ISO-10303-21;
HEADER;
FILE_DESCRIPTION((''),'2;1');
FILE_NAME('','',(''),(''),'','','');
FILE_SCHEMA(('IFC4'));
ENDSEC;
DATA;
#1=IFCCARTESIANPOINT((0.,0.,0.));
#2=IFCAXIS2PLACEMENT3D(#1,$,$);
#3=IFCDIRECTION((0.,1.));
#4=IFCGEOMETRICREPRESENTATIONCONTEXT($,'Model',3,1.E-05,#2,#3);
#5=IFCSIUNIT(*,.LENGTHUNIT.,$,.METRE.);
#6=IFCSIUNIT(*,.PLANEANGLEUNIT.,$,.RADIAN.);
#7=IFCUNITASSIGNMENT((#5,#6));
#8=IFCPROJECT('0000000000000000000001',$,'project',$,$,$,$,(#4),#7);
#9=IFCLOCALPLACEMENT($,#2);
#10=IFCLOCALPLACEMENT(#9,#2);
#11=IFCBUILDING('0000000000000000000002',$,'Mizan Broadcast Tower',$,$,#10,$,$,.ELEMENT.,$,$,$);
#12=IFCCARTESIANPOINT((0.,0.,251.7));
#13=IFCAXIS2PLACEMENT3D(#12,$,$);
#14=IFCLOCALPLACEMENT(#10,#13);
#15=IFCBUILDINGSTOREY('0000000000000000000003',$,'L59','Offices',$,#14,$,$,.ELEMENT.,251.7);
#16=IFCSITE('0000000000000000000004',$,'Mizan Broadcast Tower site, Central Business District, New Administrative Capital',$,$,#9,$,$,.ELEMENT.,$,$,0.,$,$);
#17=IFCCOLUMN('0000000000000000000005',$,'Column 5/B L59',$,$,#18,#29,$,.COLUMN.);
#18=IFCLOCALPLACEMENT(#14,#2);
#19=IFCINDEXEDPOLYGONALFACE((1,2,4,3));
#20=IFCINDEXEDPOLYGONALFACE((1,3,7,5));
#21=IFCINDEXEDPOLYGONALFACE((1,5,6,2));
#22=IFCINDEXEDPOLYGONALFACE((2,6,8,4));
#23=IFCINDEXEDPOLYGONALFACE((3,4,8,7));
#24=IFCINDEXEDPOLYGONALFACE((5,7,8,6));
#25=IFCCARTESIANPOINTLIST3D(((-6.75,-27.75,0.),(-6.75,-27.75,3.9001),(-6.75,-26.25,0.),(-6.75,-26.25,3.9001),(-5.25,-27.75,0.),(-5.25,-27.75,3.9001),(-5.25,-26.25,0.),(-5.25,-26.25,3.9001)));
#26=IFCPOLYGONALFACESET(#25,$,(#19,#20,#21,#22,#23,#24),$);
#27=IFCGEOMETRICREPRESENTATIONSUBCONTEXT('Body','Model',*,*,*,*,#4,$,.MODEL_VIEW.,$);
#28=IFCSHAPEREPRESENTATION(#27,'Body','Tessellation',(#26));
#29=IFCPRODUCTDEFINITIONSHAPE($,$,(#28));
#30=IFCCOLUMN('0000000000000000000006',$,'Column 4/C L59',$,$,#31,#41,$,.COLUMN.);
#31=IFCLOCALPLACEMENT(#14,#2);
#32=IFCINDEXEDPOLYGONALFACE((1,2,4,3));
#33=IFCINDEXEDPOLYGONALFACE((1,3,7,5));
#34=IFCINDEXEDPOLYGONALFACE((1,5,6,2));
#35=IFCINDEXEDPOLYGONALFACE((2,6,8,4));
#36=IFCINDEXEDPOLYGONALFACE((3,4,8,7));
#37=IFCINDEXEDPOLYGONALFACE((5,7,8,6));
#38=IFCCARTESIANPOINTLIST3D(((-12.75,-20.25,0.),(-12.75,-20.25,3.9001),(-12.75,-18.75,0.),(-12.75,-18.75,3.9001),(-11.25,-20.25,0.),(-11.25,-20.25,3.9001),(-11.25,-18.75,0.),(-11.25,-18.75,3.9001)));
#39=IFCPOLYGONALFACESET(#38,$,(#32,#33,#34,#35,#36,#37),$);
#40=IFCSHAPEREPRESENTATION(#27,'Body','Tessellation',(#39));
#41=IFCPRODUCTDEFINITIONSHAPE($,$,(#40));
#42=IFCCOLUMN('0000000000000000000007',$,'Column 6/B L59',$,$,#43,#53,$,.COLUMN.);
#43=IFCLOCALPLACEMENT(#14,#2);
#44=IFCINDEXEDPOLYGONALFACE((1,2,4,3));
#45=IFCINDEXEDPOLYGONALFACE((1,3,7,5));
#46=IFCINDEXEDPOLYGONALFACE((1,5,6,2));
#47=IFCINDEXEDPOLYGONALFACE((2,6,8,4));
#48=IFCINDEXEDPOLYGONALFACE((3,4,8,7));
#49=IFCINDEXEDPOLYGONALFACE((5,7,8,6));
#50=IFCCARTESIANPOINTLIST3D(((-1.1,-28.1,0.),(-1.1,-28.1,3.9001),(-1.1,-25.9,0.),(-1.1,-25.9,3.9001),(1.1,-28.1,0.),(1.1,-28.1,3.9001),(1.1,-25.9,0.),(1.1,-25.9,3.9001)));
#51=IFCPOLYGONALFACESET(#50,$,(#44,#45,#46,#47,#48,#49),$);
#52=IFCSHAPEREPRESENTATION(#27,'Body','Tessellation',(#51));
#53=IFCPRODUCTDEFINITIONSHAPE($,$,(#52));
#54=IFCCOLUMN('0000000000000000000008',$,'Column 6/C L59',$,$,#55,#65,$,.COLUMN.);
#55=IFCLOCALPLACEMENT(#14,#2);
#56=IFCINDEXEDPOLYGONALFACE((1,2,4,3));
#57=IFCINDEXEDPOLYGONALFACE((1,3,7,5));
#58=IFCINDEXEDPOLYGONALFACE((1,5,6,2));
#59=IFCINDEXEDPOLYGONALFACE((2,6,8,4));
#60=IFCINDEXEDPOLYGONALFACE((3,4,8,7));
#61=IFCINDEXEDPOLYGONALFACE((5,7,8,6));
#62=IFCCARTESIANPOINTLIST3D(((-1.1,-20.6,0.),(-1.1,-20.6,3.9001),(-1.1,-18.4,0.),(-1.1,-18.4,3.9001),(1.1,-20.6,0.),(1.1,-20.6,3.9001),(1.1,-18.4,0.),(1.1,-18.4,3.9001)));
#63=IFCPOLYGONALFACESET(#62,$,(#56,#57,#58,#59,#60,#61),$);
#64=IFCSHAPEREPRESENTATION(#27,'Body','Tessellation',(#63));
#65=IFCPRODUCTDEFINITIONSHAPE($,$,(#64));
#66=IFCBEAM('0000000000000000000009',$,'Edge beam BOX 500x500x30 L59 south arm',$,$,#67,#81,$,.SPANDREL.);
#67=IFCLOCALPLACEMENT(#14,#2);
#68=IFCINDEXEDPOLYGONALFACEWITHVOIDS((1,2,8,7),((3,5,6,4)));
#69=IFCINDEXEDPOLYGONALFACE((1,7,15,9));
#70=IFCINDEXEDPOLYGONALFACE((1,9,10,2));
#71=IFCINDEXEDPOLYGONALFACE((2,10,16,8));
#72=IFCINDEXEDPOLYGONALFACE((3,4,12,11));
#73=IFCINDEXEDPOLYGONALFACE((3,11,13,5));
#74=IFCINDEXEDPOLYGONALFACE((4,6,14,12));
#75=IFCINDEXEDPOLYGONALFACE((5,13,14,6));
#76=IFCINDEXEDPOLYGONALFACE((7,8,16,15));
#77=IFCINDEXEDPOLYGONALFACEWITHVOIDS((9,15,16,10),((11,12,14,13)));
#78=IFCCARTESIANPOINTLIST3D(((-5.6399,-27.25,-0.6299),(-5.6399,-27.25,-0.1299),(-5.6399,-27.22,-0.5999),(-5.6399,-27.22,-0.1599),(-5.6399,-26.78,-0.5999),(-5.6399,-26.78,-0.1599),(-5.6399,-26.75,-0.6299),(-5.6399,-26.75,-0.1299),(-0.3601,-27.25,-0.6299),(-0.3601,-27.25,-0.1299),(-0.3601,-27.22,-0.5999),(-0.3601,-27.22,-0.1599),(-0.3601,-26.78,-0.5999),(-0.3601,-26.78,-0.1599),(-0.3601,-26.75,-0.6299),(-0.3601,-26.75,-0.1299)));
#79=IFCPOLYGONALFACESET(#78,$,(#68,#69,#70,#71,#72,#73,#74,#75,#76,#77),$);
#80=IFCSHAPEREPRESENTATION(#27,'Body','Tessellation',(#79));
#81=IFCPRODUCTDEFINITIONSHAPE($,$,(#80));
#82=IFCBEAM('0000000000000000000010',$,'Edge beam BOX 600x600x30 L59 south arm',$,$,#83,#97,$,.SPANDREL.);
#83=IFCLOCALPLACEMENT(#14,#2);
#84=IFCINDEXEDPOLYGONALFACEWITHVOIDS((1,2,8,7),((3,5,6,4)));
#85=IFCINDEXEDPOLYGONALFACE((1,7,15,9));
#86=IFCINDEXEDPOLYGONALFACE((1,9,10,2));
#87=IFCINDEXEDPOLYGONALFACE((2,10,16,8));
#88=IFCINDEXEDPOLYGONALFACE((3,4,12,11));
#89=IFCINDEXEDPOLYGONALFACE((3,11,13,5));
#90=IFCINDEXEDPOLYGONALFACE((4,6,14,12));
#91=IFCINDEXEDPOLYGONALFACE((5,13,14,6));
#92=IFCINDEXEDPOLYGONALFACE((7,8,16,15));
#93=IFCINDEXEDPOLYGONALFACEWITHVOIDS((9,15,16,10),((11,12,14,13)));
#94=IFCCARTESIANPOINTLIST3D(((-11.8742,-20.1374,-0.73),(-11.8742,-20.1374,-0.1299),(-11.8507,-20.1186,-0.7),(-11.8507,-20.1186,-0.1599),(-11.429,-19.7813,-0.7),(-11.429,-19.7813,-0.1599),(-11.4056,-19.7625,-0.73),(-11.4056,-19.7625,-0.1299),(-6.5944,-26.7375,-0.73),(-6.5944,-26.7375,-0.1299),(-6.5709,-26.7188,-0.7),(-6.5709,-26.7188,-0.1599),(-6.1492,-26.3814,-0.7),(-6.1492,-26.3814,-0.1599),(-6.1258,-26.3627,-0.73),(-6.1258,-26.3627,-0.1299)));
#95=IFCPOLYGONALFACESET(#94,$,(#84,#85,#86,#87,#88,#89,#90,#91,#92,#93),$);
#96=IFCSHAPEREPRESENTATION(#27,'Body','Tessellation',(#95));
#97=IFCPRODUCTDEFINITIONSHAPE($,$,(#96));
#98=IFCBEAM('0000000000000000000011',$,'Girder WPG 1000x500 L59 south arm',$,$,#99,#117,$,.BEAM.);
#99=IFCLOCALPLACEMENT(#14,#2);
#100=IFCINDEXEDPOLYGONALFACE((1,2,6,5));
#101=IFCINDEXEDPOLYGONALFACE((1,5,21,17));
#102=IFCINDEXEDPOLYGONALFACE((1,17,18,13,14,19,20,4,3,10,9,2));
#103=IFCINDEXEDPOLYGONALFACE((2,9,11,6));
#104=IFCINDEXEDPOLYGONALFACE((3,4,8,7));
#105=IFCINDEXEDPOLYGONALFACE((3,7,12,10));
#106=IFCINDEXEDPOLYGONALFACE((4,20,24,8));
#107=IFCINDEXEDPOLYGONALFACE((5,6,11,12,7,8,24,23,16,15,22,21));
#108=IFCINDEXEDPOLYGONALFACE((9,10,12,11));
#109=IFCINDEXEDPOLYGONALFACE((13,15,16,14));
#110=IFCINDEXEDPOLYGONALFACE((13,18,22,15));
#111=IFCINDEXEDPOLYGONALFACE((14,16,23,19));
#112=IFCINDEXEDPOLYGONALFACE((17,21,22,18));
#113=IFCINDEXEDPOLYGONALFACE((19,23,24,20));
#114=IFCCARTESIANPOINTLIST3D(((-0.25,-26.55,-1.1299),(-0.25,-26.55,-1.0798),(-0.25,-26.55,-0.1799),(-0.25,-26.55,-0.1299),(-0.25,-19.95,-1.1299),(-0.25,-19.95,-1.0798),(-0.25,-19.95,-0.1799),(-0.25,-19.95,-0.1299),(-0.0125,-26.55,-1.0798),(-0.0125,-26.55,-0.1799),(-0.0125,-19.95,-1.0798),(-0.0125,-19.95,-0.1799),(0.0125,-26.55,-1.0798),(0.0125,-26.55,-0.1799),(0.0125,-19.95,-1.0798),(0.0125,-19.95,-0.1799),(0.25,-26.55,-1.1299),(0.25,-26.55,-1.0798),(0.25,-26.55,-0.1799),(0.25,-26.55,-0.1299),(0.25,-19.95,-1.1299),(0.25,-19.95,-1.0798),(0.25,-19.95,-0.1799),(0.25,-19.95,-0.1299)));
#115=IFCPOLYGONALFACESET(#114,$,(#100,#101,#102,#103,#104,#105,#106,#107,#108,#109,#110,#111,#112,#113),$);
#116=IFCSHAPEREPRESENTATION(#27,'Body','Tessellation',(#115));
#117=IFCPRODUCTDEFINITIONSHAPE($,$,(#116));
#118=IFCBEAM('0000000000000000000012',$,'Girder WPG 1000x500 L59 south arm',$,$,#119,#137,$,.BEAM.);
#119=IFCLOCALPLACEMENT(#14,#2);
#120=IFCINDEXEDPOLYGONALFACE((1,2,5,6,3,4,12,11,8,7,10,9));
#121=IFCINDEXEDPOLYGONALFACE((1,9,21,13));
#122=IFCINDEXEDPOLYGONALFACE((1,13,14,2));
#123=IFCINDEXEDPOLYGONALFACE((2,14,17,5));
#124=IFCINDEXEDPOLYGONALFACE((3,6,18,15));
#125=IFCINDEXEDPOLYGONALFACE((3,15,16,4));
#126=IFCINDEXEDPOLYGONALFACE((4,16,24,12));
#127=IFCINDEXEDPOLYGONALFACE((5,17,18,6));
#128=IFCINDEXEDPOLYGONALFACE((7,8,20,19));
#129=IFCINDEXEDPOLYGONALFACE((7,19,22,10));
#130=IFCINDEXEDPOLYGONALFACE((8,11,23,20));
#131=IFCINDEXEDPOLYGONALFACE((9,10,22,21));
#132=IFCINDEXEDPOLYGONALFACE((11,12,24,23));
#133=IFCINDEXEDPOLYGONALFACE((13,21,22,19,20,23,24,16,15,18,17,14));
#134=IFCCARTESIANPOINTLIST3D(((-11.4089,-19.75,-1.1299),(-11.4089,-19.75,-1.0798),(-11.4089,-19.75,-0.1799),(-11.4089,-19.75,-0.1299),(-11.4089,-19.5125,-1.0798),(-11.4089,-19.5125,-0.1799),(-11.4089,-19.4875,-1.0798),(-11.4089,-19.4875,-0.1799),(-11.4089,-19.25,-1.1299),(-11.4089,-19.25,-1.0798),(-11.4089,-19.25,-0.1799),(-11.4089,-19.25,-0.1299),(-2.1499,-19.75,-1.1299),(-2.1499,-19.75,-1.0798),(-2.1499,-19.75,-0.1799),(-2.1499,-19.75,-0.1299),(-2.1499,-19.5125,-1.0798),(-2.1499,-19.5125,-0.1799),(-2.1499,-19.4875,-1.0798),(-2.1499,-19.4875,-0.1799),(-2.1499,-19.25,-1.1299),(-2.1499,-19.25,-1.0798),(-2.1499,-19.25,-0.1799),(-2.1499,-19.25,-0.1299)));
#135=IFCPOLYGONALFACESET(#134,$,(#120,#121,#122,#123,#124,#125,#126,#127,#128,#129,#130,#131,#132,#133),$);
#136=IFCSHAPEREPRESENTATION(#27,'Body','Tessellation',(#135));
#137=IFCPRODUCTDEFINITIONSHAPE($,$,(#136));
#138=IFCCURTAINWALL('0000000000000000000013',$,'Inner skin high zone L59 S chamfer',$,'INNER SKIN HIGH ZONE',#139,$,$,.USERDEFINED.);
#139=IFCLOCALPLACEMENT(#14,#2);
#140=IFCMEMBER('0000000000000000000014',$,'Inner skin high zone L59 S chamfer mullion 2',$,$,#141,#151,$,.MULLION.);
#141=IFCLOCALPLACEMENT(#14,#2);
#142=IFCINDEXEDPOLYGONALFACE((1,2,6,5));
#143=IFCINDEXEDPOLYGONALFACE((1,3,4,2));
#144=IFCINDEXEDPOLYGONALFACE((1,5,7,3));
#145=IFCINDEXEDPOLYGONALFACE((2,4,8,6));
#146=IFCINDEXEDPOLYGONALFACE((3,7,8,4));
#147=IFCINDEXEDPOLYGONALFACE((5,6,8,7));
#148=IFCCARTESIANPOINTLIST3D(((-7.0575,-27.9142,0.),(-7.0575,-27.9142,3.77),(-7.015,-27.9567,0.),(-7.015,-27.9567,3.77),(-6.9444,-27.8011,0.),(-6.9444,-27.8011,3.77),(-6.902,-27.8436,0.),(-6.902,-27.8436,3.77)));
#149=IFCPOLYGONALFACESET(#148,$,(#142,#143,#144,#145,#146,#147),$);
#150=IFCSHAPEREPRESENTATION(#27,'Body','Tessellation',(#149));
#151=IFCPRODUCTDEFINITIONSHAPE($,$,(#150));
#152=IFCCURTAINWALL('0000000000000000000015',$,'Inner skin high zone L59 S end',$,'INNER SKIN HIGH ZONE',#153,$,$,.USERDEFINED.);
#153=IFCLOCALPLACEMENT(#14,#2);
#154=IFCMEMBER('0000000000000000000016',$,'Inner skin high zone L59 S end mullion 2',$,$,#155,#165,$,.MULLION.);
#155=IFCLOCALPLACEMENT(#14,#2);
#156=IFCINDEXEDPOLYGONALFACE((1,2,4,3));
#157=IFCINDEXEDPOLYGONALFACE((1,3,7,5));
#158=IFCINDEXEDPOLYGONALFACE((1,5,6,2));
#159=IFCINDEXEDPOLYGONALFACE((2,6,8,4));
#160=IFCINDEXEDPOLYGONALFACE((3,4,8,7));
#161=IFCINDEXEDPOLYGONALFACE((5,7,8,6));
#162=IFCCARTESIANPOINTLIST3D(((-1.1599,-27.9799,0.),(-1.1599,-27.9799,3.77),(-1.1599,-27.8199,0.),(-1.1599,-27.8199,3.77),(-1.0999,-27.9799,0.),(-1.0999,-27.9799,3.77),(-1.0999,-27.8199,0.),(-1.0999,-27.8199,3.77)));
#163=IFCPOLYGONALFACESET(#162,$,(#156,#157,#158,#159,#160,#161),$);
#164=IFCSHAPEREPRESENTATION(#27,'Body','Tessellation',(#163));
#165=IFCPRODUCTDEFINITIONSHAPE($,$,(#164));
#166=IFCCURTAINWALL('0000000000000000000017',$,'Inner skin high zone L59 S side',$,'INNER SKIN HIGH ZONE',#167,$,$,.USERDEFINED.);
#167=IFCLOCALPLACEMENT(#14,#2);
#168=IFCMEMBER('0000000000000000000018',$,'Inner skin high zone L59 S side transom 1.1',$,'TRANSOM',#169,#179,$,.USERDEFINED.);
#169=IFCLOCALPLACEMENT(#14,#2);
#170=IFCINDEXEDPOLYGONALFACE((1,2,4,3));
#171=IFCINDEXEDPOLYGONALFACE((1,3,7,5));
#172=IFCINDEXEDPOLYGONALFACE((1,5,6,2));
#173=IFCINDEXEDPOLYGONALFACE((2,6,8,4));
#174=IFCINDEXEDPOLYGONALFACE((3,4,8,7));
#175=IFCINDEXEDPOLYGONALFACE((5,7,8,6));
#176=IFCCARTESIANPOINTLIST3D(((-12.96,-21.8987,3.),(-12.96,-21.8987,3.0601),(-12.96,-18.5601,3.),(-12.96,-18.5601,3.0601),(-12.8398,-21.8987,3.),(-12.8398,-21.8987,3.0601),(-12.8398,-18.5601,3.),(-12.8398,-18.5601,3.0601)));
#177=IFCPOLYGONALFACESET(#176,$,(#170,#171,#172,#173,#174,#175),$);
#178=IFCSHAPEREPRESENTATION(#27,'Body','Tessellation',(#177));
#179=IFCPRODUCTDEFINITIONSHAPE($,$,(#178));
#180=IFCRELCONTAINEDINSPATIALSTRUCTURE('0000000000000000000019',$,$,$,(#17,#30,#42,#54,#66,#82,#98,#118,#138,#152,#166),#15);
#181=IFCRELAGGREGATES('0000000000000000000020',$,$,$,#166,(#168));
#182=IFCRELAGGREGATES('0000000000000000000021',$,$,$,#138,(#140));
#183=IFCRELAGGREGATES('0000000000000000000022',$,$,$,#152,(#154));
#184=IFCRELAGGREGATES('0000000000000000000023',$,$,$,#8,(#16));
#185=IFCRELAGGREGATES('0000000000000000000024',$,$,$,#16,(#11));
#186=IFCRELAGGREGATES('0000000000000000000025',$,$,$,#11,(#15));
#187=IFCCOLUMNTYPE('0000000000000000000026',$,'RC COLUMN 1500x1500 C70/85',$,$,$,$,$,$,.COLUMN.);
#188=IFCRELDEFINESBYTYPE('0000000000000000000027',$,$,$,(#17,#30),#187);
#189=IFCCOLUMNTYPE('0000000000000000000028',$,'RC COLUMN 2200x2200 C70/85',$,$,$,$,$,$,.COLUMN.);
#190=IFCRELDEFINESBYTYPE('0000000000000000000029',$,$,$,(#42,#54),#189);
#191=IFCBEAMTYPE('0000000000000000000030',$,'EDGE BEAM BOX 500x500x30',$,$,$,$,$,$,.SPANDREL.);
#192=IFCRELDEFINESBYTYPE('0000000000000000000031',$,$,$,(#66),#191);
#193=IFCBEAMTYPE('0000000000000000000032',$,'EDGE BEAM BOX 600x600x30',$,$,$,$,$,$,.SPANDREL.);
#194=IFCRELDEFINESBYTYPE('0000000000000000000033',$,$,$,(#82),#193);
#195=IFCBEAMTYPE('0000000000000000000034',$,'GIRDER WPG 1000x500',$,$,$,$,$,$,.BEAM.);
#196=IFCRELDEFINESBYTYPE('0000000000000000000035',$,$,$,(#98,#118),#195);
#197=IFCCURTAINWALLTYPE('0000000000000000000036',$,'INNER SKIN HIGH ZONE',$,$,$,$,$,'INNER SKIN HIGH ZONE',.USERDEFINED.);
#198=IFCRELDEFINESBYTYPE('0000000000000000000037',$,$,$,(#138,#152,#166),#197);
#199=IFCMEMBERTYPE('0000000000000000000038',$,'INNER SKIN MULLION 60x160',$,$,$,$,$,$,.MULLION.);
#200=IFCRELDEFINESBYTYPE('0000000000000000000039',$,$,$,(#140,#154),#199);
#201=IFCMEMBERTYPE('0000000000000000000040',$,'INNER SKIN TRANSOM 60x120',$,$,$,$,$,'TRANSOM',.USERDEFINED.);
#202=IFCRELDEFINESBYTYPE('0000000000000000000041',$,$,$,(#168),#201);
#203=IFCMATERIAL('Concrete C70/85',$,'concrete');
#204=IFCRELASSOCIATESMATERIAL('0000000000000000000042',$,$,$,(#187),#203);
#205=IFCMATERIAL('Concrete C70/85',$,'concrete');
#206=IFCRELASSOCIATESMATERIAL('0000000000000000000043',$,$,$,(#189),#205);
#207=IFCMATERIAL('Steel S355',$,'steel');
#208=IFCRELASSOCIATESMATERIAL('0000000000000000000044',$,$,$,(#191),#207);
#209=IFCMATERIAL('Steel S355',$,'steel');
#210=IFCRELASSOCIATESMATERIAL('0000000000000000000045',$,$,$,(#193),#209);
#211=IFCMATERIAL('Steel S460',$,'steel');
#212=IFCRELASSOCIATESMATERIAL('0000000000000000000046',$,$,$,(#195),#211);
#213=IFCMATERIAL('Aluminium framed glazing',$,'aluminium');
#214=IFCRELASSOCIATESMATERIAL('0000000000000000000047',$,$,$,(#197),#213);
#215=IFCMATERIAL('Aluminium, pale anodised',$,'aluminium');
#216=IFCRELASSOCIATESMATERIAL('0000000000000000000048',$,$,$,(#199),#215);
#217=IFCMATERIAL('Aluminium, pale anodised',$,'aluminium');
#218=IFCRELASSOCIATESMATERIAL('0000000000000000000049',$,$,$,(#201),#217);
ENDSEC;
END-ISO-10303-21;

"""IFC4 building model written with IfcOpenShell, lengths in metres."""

from ifc_helpers import new_model, si_unit, direction, frame, origin, origin_2d, place, context, subcontext, project, spatial, rectangle, hollow_rectangle, i_section, extrude, material, material_profile, profile_set, type_object, element, aggregate, save


model = new_model("IFC4")

# Units and contexts
model_context = context("Model", 3, precision=1e-05, world=origin(), true_north=direction((0.0, 1.0)))
body_context = subcontext(model_context, "Body", "Model", "MODEL_VIEW")
ifc_project = project(units=[si_unit("LENGTHUNIT", "METRE"), si_unit("PLANEANGLEUNIT", "RADIAN")], contexts=[model_context])

# Site, building, storey
site_placement = place(None, origin())
site = spatial("IfcSite", under=ifc_project, at=site_placement, Name="Mizan Broadcast Tower site, Central Business District, New Administrative Capital", CompositionType="ELEMENT", RefElevation=0.0)
building_placement = place(site_placement, origin())
building = spatial("IfcBuilding", under=site, at=building_placement, Name="Mizan Broadcast Tower", CompositionType="ELEMENT")
storey_placement = place(building_placement, frame((0.0, 0.0, 251.7)))
storey = spatial("IfcBuildingStorey", under=building, at=storey_placement, Name="L59", Description="Offices", CompositionType="ELEMENT", Elevation=251.7)

# Columns
ifc_material_1 = material(Name="Concrete C70/85", Category="concrete")
ifc_material_profile_1 = material_profile(ifc_material_1, rectangle(XDim=1.5, YDim=1.5, at=origin_2d()), Name="RC 1500x1500")
ifc_profile_set_1 = profile_set([ifc_material_profile_1], Name="Concrete C70/85")
column_type_1 = type_object("IfcColumnType", Name="RC COLUMN 1500x1500 C70/85", PredefinedType="COLUMN", material=ifc_profile_set_1)
for number, where, z_axis, x_axis, name in (
    (1, (-6.0, -27.0, 0.0), (0.0, 0.0, 1.0), (1.0, 0.0, 0.0), "Column 5/B L59"),
    (2, (-12.0, -19.5, 0.0), (0.0, 0.0, 1.0), (1.0, 0.0, 0.0), "Column 4/C L59"),
):
    element("IfcColumn", number, at=place(storey_placement, frame(where, z_axis=z_axis, x_axis=x_axis)), inside=storey, type_object=column_type_1, Name=name, PredefinedType="COLUMN", context=body_context, shape_type="SweptSolid", body=[
        extrude(rectangle(XDim=1.5, YDim=1.5, at=origin_2d()), origin(), (0.0, 0.0, 1.0), 3.9001),
    ])
ifc_material_2 = material(Name="Concrete C70/85", Category="concrete")
ifc_material_profile_2 = material_profile(ifc_material_2, rectangle(XDim=2.2, YDim=2.2, at=origin_2d()), Name="RC 2200x2200")
ifc_profile_set_2 = profile_set([ifc_material_profile_2], Name="Concrete C70/85")
column_type_2 = type_object("IfcColumnType", Name="RC COLUMN 2200x2200 C70/85", PredefinedType="COLUMN", material=ifc_profile_set_2)
for number, where, z_axis, x_axis, name in (
    (3, (0.0, -27.0, 0.0), (0.0, 0.0, 1.0), (1.0, 0.0, 0.0), "Column 6/B L59"),
    (4, (0.0, -19.5, 0.0), (0.0, 0.0, 1.0), (1.0, 0.0, 0.0), "Column 6/C L59"),
):
    element("IfcColumn", number, at=place(storey_placement, frame(where, z_axis=z_axis, x_axis=x_axis)), inside=storey, type_object=column_type_2, Name=name, PredefinedType="COLUMN", context=body_context, shape_type="SweptSolid", body=[
        extrude(rectangle(XDim=2.2, YDim=2.2, at=origin_2d()), origin(), (0.0, 0.0, 1.0), 3.9001),
    ])

# Beams
ifc_material_3 = material(Name="Steel S355", Category="steel")
ifc_material_profile_3 = material_profile(ifc_material_3, hollow_rectangle(XDim=0.5, YDim=0.5, WallThickness=0.03, at=origin_2d()), Name="BOX 500x500x30")
ifc_profile_set_3 = profile_set([ifc_material_profile_3], Name="Steel S355")
beam_type_1 = type_object("IfcBeamType", Name="EDGE BEAM BOX 500x500x30", PredefinedType="SPANDREL", material=ifc_profile_set_3)
beam_1_placement = place(storey_placement, frame((-5.6399, -27.0, -0.3799), z_axis=(1.0, 0.0, 0.0), x_axis=(0.0, 1.0, 0.0)))
element("IfcBeam", 5, at=beam_1_placement, inside=storey, type_object=beam_type_1, Name="Edge beam BOX 500x500x30 L59 south arm", PredefinedType="SPANDREL", context=body_context, shape_type="SweptSolid", body=[
    extrude(hollow_rectangle(XDim=0.5, YDim=0.5, WallThickness=0.03, at=origin_2d()), origin(), (0.0, 0.0, 1.0), 5.2798),
])
ifc_material_4 = material(Name="Steel S355", Category="steel")
ifc_material_profile_4 = material_profile(ifc_material_4, hollow_rectangle(XDim=0.6001, YDim=0.6001, WallThickness=0.03, at=origin_2d()), Name="BOX 600x600x30")
ifc_profile_set_4 = profile_set([ifc_material_profile_4], Name="Steel S355")
beam_type_2 = type_object("IfcBeamType", Name="EDGE BEAM BOX 600x600x30", PredefinedType="SPANDREL", material=ifc_profile_set_4)
beam_2_placement = place(storey_placement, frame((-11.6399, -19.95, -0.4299), z_axis=(0.624674, -0.780886, 0.0), x_axis=(0.780886, 0.624674, 0.0)))
element("IfcBeam", 6, at=beam_2_placement, inside=storey, type_object=beam_type_2, Name="Edge beam BOX 600x600x30 L59 south arm", PredefinedType="SPANDREL", context=body_context, shape_type="SweptSolid", body=[
    extrude(hollow_rectangle(XDim=0.6001, YDim=0.6001, WallThickness=0.03, at=origin_2d()), origin(), (0.0, 0.0, 1.0), 8.4521),
])
ifc_material_5 = material(Name="Steel S460", Category="steel")
ifc_material_profile_5 = material_profile(ifc_material_5, i_section(OverallWidth=0.5, OverallDepth=1.0, WebThickness=0.0249, FlangeThickness=0.05, at=origin_2d()), Name="WPG 1000x500")
ifc_profile_set_5 = profile_set([ifc_material_profile_5], Name="Steel S460")
beam_type_3 = type_object("IfcBeamType", Name="GIRDER WPG 1000x500", PredefinedType="BEAM", material=ifc_profile_set_5)
beam_3_placement = place(storey_placement, frame((0.0, -19.95, -0.6299), z_axis=(0.0, -1.0, 0.0), x_axis=(1.0, 0.0, 0.0)))
element("IfcBeam", 7, at=beam_3_placement, inside=storey, type_object=beam_type_3, Name="Girder WPG 1000x500 L59 south arm", PredefinedType="BEAM", context=body_context, shape_type="SweptSolid", body=[
    extrude(i_section(OverallWidth=0.5, OverallDepth=1.0, WebThickness=0.0249, FlangeThickness=0.05, at=origin_2d()), origin(), (0.0, 0.0, 1.0), 6.6001),
])
beam_4_placement = place(storey_placement, frame((-11.4089, -19.5, -0.6299), z_axis=(1.0, 0.0, 0.0), x_axis=(0.0, 1.0, 0.0)))
element("IfcBeam", 8, at=beam_4_placement, inside=storey, type_object=beam_type_3, Name="Girder WPG 1000x500 L59 south arm", PredefinedType="BEAM", context=body_context, shape_type="SweptSolid", body=[
    extrude(i_section(OverallWidth=0.5, OverallDepth=1.0, WebThickness=0.0249, FlangeThickness=0.05, at=origin_2d()), origin(), (0.0, 0.0, 1.0), 9.259),
])

# Curtain walls, members
ifc_material_6 = material(Name="Aluminium framed glazing", Category="aluminium")
curtain_wall_type_1 = type_object("IfcCurtainWallType", Name="INNER SKIN HIGH ZONE", ElementType="INNER SKIN HIGH ZONE", PredefinedType="USERDEFINED", material=ifc_material_6)
curtain_wall_1_placement = place(storey_placement, origin())
curtain_wall_1 = element("IfcCurtainWall", 9, at=curtain_wall_1_placement, inside=storey, type_object=curtain_wall_type_1, Name="Inner skin high zone L59 S chamfer", ObjectType="INNER SKIN HIGH ZONE", PredefinedType="USERDEFINED")
ifc_material_7 = material(Name="Aluminium, pale anodised", Category="aluminium")
ifc_material_profile_6 = material_profile(ifc_material_7, rectangle(XDim=0.1599, YDim=0.0601, at=origin_2d()), Name="MULLION 160x60")
ifc_profile_set_6 = profile_set([ifc_material_profile_6], Name="Aluminium, pale anodised")
member_type_1 = type_object("IfcMemberType", Name="INNER SKIN MULLION 60x160", PredefinedType="MULLION", material=ifc_profile_set_6)
member_1_placement = place(storey_placement, frame((-6.9797, -27.8789, 0.0), z_axis=(0.0, 0.0, 1.0), x_axis=(0.707107, 0.707107, 0.0)))
member_1 = element("IfcMember", 10, at=member_1_placement, type_object=member_type_1, Name="Inner skin high zone L59 S chamfer mullion 2", PredefinedType="MULLION", context=body_context, shape_type="SweptSolid", body=[
    extrude(rectangle(XDim=0.1599, YDim=0.0601, at=origin_2d()), origin(), (0.0, 0.0, 1.0), 3.77),
])
curtain_wall_2_placement = place(storey_placement, origin())
curtain_wall_2 = element("IfcCurtainWall", 11, at=curtain_wall_2_placement, inside=storey, type_object=curtain_wall_type_1, Name="Inner skin high zone L59 S end", ObjectType="INNER SKIN HIGH ZONE", PredefinedType="USERDEFINED")
member_2_placement = place(storey_placement, frame((-1.1299, -27.8999, 0.0), z_axis=(0.0, 0.0, 1.0), x_axis=(0.0, 1.0, 0.0)))
member_2 = element("IfcMember", 12, at=member_2_placement, type_object=member_type_1, Name="Inner skin high zone L59 S end mullion 2", PredefinedType="MULLION", context=body_context, shape_type="SweptSolid", body=[
    extrude(rectangle(XDim=0.1599, YDim=0.0601, at=origin_2d()), origin(), (0.0, 0.0, 1.0), 3.77),
])
curtain_wall_3_placement = place(storey_placement, origin())
curtain_wall_3 = element("IfcCurtainWall", 13, at=curtain_wall_3_placement, inside=storey, type_object=curtain_wall_type_1, Name="Inner skin high zone L59 S side", ObjectType="INNER SKIN HIGH ZONE", PredefinedType="USERDEFINED")
ifc_material_8 = material(Name="Aluminium, pale anodised", Category="aluminium")
ifc_material_profile_7 = material_profile(ifc_material_8, rectangle(XDim=0.1201, YDim=0.0601, at=origin_2d()), Name="TRANSOM 120x60")
ifc_profile_set_7 = profile_set([ifc_material_profile_7], Name="Aluminium, pale anodised")
member_type_2 = type_object("IfcMemberType", Name="INNER SKIN TRANSOM 60x120", ElementType="TRANSOM", PredefinedType="USERDEFINED", material=ifc_profile_set_7)
member_3_placement = place(storey_placement, frame((-12.8999, -18.5601, 3.03), z_axis=(0.0, -1.0, 0.0), x_axis=(1.0, 0.0, 0.0)))
member_3 = element("IfcMember", 14, at=member_3_placement, type_object=member_type_2, Name="Inner skin high zone L59 S side transom 1.1", ObjectType="TRANSOM", PredefinedType="USERDEFINED", context=body_context, shape_type="SweptSolid", body=[
    extrude(rectangle(XDim=0.1201, YDim=0.0601, at=origin_2d()), origin(), (0.0, 0.0, 1.0), 3.3386),
])
aggregate(curtain_wall_3, [member_3])

aggregate(curtain_wall_1, [member_1])
aggregate(curtain_wall_2, [member_2])

save(model, "model.ifc")
